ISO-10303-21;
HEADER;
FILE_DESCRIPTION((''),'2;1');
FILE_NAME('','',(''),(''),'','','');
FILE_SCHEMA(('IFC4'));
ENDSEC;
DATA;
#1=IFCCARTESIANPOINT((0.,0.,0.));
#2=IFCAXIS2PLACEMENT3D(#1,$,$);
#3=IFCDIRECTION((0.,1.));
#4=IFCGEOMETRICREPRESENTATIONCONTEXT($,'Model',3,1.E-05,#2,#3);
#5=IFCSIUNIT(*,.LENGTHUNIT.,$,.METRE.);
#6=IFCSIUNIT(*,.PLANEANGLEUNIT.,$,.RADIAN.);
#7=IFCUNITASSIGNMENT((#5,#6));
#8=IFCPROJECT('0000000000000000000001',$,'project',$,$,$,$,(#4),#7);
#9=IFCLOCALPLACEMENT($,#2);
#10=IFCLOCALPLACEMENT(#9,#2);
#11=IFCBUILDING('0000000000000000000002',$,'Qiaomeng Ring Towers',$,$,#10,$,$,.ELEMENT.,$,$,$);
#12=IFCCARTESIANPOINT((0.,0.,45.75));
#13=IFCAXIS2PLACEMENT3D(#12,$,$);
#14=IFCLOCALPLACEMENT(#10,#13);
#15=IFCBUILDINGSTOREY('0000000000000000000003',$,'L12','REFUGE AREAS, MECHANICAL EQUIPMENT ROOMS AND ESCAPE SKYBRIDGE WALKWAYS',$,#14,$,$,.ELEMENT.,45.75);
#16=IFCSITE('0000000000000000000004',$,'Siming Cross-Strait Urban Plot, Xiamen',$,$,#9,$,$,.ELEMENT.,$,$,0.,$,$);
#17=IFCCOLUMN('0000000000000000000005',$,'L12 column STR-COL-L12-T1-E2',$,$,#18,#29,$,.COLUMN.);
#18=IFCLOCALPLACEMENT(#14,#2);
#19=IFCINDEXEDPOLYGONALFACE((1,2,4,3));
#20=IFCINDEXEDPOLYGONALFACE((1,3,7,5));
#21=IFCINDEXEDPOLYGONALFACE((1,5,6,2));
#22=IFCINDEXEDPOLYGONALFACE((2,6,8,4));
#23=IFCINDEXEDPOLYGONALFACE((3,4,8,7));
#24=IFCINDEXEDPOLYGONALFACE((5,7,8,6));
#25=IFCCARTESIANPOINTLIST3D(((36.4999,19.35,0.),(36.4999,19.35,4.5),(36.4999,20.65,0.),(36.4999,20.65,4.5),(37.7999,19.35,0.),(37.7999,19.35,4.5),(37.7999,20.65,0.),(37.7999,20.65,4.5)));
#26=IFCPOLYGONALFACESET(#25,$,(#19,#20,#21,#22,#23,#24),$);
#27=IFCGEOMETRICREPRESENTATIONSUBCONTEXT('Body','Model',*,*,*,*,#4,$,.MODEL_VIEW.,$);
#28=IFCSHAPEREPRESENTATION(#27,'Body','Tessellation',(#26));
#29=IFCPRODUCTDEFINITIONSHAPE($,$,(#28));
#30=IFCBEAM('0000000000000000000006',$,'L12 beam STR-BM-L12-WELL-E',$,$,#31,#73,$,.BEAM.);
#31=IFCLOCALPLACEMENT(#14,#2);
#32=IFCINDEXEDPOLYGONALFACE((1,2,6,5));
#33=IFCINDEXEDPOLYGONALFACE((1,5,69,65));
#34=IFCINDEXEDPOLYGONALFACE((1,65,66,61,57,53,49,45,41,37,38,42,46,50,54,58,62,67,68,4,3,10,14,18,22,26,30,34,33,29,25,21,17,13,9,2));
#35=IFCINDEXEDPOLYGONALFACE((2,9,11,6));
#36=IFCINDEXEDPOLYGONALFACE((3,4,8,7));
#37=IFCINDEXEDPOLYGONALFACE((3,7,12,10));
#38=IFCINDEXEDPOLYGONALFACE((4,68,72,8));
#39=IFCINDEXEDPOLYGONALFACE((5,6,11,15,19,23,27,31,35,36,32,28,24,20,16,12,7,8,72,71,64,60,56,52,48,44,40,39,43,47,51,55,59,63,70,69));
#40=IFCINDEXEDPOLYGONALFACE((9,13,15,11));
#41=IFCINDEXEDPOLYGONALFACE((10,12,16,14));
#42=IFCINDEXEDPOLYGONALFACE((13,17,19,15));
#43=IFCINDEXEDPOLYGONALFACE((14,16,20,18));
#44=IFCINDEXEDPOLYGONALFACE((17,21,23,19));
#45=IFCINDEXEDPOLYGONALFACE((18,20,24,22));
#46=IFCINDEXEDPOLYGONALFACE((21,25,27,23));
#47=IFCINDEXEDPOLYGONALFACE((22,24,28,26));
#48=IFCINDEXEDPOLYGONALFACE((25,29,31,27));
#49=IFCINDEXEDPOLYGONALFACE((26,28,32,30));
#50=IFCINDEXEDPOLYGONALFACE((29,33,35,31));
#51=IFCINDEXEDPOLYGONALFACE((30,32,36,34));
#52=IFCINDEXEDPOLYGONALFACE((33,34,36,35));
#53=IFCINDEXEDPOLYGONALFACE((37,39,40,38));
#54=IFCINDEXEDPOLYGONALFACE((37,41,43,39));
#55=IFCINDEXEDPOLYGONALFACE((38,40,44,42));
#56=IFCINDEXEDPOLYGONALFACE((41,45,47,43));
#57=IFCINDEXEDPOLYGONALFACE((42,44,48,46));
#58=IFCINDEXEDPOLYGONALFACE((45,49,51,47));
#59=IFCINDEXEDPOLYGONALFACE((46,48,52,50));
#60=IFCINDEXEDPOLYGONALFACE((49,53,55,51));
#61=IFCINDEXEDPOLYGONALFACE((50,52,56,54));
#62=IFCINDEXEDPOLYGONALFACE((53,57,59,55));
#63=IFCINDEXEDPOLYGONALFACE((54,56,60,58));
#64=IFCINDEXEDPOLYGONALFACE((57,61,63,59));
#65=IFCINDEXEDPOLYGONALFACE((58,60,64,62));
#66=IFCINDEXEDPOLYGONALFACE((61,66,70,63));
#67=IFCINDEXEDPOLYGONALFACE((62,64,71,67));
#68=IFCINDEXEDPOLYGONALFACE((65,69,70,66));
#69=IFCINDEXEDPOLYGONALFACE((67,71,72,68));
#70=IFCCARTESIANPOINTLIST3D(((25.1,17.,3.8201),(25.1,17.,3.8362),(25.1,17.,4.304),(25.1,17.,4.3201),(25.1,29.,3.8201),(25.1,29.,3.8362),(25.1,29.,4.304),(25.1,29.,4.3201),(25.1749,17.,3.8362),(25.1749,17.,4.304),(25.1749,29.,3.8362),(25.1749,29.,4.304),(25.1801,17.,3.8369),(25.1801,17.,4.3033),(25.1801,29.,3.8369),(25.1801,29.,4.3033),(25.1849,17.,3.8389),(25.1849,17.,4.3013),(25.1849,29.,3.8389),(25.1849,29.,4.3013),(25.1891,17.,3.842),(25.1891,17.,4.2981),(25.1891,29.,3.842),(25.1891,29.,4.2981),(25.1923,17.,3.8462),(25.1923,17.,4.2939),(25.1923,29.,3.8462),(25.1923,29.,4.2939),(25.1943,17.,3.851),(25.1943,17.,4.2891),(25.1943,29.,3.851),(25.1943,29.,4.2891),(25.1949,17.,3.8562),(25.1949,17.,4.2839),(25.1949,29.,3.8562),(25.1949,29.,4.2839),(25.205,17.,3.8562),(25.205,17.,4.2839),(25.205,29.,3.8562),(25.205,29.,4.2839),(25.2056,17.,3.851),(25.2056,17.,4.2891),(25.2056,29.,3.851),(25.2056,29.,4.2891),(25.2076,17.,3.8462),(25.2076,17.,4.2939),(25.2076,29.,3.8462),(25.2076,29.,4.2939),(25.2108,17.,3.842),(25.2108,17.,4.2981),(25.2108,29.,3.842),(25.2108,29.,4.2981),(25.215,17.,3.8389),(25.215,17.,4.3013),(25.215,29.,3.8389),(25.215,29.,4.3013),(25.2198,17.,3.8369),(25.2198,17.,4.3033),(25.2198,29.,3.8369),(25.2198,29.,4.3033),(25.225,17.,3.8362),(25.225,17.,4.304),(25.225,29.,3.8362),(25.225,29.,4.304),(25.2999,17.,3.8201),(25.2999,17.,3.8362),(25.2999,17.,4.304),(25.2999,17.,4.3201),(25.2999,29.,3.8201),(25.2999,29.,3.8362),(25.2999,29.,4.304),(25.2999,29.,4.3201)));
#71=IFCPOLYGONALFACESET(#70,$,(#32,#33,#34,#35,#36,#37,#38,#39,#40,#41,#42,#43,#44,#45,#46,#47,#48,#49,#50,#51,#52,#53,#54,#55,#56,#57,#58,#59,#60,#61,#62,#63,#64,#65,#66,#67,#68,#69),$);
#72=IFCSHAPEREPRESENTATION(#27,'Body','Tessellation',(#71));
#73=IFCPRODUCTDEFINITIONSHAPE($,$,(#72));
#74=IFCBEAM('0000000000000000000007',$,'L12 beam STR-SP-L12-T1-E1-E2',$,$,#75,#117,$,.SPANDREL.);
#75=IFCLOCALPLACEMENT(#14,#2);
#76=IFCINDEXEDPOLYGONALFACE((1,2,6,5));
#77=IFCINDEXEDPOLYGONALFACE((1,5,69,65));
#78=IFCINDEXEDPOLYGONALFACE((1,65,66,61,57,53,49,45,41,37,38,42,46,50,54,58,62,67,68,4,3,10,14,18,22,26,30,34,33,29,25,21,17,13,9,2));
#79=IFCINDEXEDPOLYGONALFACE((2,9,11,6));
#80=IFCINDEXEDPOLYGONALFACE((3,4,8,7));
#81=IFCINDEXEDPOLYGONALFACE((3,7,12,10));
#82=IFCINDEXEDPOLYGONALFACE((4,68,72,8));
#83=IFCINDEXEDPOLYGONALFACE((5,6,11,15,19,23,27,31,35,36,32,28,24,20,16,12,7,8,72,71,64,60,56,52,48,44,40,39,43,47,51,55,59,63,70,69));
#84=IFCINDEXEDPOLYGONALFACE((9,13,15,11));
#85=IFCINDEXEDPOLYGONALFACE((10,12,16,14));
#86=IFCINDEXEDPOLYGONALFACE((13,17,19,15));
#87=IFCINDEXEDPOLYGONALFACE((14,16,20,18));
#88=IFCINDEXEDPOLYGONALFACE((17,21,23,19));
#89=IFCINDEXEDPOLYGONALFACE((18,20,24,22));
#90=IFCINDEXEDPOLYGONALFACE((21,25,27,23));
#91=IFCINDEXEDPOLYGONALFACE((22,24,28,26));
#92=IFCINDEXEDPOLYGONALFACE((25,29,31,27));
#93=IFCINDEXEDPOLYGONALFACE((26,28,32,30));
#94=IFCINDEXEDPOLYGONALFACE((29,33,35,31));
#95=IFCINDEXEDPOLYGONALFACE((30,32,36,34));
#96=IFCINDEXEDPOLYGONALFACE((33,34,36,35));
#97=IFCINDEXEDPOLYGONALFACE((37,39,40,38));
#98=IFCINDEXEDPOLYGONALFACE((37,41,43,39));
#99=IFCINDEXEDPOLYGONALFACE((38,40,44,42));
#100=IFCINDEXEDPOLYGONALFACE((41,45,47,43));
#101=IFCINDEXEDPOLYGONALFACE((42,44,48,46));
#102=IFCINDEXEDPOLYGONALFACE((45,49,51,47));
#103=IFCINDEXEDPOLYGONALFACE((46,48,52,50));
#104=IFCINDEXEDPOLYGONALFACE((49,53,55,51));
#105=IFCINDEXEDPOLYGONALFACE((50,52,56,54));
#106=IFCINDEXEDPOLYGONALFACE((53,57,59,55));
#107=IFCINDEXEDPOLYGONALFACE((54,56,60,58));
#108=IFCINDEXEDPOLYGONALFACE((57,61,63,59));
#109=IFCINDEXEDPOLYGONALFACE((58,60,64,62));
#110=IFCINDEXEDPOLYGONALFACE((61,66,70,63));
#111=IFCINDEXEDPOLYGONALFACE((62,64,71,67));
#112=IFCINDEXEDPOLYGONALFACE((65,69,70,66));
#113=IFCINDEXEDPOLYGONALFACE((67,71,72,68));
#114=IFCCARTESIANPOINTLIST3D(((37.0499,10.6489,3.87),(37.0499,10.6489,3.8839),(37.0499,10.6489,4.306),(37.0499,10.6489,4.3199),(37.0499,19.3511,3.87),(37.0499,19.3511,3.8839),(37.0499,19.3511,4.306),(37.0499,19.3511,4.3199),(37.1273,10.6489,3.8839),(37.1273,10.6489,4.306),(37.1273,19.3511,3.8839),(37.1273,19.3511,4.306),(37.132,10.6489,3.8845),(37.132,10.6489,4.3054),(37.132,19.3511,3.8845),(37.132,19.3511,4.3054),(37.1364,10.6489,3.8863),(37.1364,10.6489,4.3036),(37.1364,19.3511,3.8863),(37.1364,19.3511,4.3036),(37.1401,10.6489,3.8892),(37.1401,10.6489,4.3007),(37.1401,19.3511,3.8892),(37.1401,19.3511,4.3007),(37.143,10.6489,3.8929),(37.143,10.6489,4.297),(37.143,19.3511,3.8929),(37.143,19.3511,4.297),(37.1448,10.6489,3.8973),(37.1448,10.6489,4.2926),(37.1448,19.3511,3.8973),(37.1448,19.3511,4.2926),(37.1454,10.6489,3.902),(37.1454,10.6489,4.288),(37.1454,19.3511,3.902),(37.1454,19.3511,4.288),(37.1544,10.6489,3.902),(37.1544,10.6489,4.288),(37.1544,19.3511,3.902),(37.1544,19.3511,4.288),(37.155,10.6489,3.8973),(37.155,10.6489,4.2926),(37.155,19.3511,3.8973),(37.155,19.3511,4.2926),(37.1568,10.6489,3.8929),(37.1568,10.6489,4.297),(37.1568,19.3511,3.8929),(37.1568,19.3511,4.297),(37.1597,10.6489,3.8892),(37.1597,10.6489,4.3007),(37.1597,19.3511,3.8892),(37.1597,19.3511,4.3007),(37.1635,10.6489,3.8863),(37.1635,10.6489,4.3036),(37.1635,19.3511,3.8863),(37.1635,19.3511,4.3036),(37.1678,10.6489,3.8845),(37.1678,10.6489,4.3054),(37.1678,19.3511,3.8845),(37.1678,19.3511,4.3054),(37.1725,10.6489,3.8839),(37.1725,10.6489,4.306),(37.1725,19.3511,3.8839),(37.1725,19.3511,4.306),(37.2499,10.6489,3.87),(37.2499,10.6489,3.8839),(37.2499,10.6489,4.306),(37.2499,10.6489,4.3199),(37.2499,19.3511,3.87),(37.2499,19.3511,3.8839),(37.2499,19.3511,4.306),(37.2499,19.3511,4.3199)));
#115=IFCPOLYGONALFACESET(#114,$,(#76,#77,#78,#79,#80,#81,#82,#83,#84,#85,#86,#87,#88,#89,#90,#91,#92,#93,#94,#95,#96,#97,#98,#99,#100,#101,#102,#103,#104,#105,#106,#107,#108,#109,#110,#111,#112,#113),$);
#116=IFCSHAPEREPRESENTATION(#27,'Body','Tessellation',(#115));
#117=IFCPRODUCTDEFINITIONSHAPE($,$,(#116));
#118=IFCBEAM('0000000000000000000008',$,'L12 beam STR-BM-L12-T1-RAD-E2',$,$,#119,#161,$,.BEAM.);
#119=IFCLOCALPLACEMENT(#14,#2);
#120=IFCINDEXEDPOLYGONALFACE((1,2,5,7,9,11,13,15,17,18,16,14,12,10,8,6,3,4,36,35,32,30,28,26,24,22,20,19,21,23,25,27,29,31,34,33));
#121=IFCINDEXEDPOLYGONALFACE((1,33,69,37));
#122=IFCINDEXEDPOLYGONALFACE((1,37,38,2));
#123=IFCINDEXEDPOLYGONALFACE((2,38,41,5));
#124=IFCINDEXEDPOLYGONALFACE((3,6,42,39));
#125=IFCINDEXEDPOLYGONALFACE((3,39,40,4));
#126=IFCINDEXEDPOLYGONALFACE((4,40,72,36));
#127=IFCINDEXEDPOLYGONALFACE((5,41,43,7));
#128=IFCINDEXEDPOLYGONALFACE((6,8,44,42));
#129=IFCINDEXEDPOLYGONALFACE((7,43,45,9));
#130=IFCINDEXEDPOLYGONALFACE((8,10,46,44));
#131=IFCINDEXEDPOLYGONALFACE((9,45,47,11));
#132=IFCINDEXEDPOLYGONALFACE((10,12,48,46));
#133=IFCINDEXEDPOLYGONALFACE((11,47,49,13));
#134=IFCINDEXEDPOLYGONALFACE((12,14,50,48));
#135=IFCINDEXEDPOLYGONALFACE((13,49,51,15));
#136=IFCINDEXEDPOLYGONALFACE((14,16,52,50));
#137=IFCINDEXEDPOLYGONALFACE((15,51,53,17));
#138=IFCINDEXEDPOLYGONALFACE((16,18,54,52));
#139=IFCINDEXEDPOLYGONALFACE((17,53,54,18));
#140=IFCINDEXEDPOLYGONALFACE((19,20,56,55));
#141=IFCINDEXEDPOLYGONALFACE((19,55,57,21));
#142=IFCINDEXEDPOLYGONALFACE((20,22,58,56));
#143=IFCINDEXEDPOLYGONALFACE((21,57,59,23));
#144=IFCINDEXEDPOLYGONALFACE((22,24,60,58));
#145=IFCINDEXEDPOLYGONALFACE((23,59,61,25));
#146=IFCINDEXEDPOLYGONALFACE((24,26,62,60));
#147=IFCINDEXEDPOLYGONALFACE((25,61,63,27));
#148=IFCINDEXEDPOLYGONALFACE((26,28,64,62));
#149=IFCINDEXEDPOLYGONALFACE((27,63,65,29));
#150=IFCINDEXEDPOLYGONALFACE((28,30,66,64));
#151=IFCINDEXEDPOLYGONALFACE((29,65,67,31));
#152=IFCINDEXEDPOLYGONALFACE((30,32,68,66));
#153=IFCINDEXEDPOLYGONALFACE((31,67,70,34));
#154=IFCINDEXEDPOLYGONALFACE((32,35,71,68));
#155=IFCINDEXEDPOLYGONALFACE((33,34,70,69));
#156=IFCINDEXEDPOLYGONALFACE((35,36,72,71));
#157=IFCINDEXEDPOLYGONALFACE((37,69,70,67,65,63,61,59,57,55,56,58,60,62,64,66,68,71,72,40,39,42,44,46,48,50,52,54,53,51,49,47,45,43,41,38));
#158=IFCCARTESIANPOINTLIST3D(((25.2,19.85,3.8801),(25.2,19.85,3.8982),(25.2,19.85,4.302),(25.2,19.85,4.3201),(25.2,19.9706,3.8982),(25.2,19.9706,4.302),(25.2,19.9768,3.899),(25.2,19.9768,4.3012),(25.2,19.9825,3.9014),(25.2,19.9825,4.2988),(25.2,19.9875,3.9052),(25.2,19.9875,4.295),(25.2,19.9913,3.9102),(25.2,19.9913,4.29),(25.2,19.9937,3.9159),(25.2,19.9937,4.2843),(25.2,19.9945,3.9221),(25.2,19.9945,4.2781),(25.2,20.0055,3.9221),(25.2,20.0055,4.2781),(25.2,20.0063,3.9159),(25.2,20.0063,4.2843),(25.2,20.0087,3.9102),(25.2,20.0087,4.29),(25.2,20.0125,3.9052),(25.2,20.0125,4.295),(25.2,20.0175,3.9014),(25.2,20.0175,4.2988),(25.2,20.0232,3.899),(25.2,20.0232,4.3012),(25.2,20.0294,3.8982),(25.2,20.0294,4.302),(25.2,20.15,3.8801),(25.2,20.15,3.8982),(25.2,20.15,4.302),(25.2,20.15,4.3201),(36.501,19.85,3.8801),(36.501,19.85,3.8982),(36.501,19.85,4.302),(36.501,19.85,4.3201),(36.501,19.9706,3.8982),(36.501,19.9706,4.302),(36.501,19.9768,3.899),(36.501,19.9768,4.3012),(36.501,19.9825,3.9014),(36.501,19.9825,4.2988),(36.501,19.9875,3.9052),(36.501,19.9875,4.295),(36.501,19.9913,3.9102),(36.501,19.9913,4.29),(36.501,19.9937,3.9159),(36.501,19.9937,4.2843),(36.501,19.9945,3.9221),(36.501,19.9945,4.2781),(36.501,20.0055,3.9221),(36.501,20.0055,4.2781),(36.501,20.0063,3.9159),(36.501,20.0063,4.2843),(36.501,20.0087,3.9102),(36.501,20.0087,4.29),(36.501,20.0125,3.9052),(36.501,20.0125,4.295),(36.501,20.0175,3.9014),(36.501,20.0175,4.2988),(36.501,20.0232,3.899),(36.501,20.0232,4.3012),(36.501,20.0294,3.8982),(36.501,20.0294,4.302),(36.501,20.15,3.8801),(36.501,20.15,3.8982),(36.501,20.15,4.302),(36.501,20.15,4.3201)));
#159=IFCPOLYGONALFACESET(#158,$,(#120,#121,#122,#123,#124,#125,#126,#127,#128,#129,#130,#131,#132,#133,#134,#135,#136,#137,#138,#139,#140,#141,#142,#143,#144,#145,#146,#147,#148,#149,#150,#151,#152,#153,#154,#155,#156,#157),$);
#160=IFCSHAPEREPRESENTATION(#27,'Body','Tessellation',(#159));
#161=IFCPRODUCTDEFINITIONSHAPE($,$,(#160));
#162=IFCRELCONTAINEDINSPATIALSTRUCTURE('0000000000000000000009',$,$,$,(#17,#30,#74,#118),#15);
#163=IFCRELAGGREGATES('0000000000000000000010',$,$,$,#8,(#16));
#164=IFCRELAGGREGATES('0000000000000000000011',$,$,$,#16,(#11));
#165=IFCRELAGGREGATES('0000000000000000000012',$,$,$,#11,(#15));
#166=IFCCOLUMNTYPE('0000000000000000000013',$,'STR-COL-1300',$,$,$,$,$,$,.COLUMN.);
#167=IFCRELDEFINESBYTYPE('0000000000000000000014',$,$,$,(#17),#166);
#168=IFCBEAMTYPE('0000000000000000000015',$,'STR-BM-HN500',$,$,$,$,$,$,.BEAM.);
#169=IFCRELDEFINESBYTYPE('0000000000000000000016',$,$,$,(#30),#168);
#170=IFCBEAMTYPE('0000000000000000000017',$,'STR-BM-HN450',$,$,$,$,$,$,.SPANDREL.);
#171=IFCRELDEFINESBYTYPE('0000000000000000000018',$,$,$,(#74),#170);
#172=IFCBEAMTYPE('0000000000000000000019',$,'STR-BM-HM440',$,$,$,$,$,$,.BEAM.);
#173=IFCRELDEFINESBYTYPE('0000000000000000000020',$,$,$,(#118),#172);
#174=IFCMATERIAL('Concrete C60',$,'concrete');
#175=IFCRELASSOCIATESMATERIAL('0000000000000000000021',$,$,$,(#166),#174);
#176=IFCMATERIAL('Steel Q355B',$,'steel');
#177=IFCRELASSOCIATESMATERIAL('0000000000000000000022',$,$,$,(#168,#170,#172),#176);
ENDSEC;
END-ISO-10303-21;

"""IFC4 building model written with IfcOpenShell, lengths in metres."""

from ifc_helpers import new_model, si_unit, direction, frame, origin, origin_2d, place, context, subcontext, project, spatial, rectangle, i_section, extrude, source, transform, mapped, material, material_profile, profile_set, type_object, element, save


model = new_model("IFC4")

# Units and contexts
model_context = context("Model", 3, precision=1e-05, world=origin(), true_north=direction((0.0, 1.0)))
body_context = subcontext(model_context, "Body", "Model", "MODEL_VIEW")
ifc_project = project(units=[si_unit("LENGTHUNIT", "METRE"), si_unit("PLANEANGLEUNIT", "RADIAN")], contexts=[model_context])

# Site, building, storey
site_placement = place(None, origin())
site = spatial("IfcSite", under=ifc_project, at=site_placement, Name="Siming Cross-Strait Urban Plot, Xiamen", CompositionType="ELEMENT", RefElevation=0.0)
building_placement = place(site_placement, origin())
building = spatial("IfcBuilding", under=site, at=building_placement, Name="Qiaomeng Ring Towers", CompositionType="ELEMENT")
storey_placement = place(building_placement, frame((0.0, 0.0, 45.75)))
storey = spatial("IfcBuildingStorey", under=building, at=storey_placement, Name="L12", Description="REFUGE AREAS, MECHANICAL EQUIPMENT ROOMS AND ESCAPE SKYBRIDGE WALKWAYS", CompositionType="ELEMENT", Elevation=45.75)

# Column
ifc_material_1 = material(Name="Concrete C60", Category="concrete")
ifc_material_profile_1 = material_profile(ifc_material_1, rectangle(XDim=1.3, YDim=1.3, at=origin_2d()), Name="RC COL 1300x1300")
ifc_profile_set_1 = profile_set([ifc_material_profile_1], Name="Concrete C60")
column_type = type_object("IfcColumnType", Name="STR-COL-1300", PredefinedType="COLUMN", material=ifc_profile_set_1)
shared_shape_1 = source(origin(), body_context, "Body", "SweptSolid", [
    extrude(rectangle(XDim=1.3, YDim=1.3, at=origin_2d()), origin(), (0.0, 0.0, 1.0), 4.5),
])
column_placement = place(storey_placement, frame((37.1499, 20.0, 0.0), z_axis=(0.0, 0.0, 1.0), x_axis=(1.0, 0.0, 0.0)))
element("IfcColumn", 1, at=column_placement, inside=storey, type_object=column_type, Name="L12 column STR-COL-L12-T1-E2", PredefinedType="COLUMN", context=body_context, shape_type="MappedRepresentation", body=[
    mapped(shared_shape_1, transform((0.0, 0.0, 0.0), x_axis=(1.0, 0.0, 0.0), y_axis=(0.0, 1.0, 0.0), z_axis=(0.0, 0.0, 1.0), scale=1.0)),
])

# Beams
ifc_material_2 = material(Name="Steel Q355B", Category="steel")
ifc_material_profile_2 = material_profile(ifc_material_2, i_section(OverallWidth=0.2, OverallDepth=0.5, WebThickness=0.01, FlangeThickness=0.0161, FilletRadius=0.02, at=origin_2d()), Name="HN 500x200x10x16")
ifc_profile_set_2 = profile_set([ifc_material_profile_2], Name="Steel Q355B")
beam_type_1 = type_object("IfcBeamType", Name="STR-BM-HN500", PredefinedType="BEAM", material=ifc_profile_set_2)
shared_shape_2 = source(origin(), body_context, "Body", "SweptSolid", [
    extrude(i_section(OverallWidth=0.2, OverallDepth=0.5, WebThickness=0.01, FlangeThickness=0.0161, FilletRadius=0.02, at=origin_2d()), origin(), (0.0, 0.0, 1.0), 12.0),
])
beam_1_placement = place(storey_placement, frame((25.2, 17.0, 4.0701), z_axis=(0.0, 1.0, 0.0), x_axis=(-1.0, 0.0, 0.0)))
element("IfcBeam", 2, at=beam_1_placement, inside=storey, type_object=beam_type_1, Name="L12 beam STR-BM-L12-WELL-E", PredefinedType="BEAM", context=body_context, shape_type="MappedRepresentation", body=[
    mapped(shared_shape_2, transform((0.0, 0.0, 0.0), x_axis=(1.0, 0.0, 0.0), y_axis=(0.0, 1.0, 0.0), z_axis=(0.0, 0.0, 1.0), scale=1.0)),
])
ifc_material_profile_3 = material_profile(ifc_material_2, i_section(OverallWidth=0.2, OverallDepth=0.45, WebThickness=0.009, FlangeThickness=0.0139, FilletRadius=0.0181, at=origin_2d()), Name="HN 450x200x9x14")
ifc_profile_set_3 = profile_set([ifc_material_profile_3], Name="Steel Q355B")
beam_type_2 = type_object("IfcBeamType", Name="STR-BM-HN450", PredefinedType="SPANDREL", material=ifc_profile_set_3)
shared_shape_3 = source(origin(), body_context, "Body", "SweptSolid", [
    extrude(i_section(OverallWidth=0.2, OverallDepth=0.45, WebThickness=0.009, FlangeThickness=0.0139, FilletRadius=0.0181, at=origin_2d()), origin(), (0.0, 0.0, 1.0), 8.7021),
])
beam_2_placement = place(storey_placement, frame((37.1499, 10.6489, 4.095), z_axis=(0.0, 1.0, 0.0), x_axis=(-1.0, 0.0, 0.0)))
element("IfcBeam", 3, at=beam_2_placement, inside=storey, type_object=beam_type_2, Name="L12 beam STR-SP-L12-T1-E1-E2", PredefinedType="SPANDREL", context=body_context, shape_type="MappedRepresentation", body=[
    mapped(shared_shape_3, transform((0.0, 0.0, 0.0), x_axis=(1.0, 0.0, 0.0), y_axis=(0.0, 1.0, 0.0), z_axis=(0.0, 0.0, 1.0), scale=1.0)),
])
ifc_material_profile_4 = material_profile(ifc_material_2, i_section(OverallWidth=0.3, OverallDepth=0.4399, WebThickness=0.011, FlangeThickness=0.0181, FilletRadius=0.0239, at=origin_2d()), Name="HM 440x300x11x18")
ifc_profile_set_4 = profile_set([ifc_material_profile_4], Name="Steel Q355B")
beam_type_3 = type_object("IfcBeamType", Name="STR-BM-HM440", PredefinedType="BEAM", material=ifc_profile_set_4)
shared_shape_4 = source(origin(), body_context, "Body", "SweptSolid", [
    extrude(i_section(OverallWidth=0.3, OverallDepth=0.4399, WebThickness=0.011, FlangeThickness=0.0181, FilletRadius=0.0239, at=origin_2d()), origin(), (0.0, 0.0, 1.0), 11.301),
])
beam_3_placement = place(storey_placement, frame((25.2, 20.0, 4.1001), z_axis=(1.0, 0.0, 0.0), x_axis=(0.0, 1.0, 0.0)))
element("IfcBeam", 4, at=beam_3_placement, inside=storey, type_object=beam_type_3, Name="L12 beam STR-BM-L12-T1-RAD-E2", PredefinedType="BEAM", context=body_context, shape_type="MappedRepresentation", body=[
    mapped(shared_shape_4, transform((0.0, 0.0, 0.0), x_axis=(1.0, 0.0, 0.0), y_axis=(0.0, 1.0, 0.0), z_axis=(0.0, 0.0, 1.0), scale=1.0)),
])

save(model, "model.ifc")
